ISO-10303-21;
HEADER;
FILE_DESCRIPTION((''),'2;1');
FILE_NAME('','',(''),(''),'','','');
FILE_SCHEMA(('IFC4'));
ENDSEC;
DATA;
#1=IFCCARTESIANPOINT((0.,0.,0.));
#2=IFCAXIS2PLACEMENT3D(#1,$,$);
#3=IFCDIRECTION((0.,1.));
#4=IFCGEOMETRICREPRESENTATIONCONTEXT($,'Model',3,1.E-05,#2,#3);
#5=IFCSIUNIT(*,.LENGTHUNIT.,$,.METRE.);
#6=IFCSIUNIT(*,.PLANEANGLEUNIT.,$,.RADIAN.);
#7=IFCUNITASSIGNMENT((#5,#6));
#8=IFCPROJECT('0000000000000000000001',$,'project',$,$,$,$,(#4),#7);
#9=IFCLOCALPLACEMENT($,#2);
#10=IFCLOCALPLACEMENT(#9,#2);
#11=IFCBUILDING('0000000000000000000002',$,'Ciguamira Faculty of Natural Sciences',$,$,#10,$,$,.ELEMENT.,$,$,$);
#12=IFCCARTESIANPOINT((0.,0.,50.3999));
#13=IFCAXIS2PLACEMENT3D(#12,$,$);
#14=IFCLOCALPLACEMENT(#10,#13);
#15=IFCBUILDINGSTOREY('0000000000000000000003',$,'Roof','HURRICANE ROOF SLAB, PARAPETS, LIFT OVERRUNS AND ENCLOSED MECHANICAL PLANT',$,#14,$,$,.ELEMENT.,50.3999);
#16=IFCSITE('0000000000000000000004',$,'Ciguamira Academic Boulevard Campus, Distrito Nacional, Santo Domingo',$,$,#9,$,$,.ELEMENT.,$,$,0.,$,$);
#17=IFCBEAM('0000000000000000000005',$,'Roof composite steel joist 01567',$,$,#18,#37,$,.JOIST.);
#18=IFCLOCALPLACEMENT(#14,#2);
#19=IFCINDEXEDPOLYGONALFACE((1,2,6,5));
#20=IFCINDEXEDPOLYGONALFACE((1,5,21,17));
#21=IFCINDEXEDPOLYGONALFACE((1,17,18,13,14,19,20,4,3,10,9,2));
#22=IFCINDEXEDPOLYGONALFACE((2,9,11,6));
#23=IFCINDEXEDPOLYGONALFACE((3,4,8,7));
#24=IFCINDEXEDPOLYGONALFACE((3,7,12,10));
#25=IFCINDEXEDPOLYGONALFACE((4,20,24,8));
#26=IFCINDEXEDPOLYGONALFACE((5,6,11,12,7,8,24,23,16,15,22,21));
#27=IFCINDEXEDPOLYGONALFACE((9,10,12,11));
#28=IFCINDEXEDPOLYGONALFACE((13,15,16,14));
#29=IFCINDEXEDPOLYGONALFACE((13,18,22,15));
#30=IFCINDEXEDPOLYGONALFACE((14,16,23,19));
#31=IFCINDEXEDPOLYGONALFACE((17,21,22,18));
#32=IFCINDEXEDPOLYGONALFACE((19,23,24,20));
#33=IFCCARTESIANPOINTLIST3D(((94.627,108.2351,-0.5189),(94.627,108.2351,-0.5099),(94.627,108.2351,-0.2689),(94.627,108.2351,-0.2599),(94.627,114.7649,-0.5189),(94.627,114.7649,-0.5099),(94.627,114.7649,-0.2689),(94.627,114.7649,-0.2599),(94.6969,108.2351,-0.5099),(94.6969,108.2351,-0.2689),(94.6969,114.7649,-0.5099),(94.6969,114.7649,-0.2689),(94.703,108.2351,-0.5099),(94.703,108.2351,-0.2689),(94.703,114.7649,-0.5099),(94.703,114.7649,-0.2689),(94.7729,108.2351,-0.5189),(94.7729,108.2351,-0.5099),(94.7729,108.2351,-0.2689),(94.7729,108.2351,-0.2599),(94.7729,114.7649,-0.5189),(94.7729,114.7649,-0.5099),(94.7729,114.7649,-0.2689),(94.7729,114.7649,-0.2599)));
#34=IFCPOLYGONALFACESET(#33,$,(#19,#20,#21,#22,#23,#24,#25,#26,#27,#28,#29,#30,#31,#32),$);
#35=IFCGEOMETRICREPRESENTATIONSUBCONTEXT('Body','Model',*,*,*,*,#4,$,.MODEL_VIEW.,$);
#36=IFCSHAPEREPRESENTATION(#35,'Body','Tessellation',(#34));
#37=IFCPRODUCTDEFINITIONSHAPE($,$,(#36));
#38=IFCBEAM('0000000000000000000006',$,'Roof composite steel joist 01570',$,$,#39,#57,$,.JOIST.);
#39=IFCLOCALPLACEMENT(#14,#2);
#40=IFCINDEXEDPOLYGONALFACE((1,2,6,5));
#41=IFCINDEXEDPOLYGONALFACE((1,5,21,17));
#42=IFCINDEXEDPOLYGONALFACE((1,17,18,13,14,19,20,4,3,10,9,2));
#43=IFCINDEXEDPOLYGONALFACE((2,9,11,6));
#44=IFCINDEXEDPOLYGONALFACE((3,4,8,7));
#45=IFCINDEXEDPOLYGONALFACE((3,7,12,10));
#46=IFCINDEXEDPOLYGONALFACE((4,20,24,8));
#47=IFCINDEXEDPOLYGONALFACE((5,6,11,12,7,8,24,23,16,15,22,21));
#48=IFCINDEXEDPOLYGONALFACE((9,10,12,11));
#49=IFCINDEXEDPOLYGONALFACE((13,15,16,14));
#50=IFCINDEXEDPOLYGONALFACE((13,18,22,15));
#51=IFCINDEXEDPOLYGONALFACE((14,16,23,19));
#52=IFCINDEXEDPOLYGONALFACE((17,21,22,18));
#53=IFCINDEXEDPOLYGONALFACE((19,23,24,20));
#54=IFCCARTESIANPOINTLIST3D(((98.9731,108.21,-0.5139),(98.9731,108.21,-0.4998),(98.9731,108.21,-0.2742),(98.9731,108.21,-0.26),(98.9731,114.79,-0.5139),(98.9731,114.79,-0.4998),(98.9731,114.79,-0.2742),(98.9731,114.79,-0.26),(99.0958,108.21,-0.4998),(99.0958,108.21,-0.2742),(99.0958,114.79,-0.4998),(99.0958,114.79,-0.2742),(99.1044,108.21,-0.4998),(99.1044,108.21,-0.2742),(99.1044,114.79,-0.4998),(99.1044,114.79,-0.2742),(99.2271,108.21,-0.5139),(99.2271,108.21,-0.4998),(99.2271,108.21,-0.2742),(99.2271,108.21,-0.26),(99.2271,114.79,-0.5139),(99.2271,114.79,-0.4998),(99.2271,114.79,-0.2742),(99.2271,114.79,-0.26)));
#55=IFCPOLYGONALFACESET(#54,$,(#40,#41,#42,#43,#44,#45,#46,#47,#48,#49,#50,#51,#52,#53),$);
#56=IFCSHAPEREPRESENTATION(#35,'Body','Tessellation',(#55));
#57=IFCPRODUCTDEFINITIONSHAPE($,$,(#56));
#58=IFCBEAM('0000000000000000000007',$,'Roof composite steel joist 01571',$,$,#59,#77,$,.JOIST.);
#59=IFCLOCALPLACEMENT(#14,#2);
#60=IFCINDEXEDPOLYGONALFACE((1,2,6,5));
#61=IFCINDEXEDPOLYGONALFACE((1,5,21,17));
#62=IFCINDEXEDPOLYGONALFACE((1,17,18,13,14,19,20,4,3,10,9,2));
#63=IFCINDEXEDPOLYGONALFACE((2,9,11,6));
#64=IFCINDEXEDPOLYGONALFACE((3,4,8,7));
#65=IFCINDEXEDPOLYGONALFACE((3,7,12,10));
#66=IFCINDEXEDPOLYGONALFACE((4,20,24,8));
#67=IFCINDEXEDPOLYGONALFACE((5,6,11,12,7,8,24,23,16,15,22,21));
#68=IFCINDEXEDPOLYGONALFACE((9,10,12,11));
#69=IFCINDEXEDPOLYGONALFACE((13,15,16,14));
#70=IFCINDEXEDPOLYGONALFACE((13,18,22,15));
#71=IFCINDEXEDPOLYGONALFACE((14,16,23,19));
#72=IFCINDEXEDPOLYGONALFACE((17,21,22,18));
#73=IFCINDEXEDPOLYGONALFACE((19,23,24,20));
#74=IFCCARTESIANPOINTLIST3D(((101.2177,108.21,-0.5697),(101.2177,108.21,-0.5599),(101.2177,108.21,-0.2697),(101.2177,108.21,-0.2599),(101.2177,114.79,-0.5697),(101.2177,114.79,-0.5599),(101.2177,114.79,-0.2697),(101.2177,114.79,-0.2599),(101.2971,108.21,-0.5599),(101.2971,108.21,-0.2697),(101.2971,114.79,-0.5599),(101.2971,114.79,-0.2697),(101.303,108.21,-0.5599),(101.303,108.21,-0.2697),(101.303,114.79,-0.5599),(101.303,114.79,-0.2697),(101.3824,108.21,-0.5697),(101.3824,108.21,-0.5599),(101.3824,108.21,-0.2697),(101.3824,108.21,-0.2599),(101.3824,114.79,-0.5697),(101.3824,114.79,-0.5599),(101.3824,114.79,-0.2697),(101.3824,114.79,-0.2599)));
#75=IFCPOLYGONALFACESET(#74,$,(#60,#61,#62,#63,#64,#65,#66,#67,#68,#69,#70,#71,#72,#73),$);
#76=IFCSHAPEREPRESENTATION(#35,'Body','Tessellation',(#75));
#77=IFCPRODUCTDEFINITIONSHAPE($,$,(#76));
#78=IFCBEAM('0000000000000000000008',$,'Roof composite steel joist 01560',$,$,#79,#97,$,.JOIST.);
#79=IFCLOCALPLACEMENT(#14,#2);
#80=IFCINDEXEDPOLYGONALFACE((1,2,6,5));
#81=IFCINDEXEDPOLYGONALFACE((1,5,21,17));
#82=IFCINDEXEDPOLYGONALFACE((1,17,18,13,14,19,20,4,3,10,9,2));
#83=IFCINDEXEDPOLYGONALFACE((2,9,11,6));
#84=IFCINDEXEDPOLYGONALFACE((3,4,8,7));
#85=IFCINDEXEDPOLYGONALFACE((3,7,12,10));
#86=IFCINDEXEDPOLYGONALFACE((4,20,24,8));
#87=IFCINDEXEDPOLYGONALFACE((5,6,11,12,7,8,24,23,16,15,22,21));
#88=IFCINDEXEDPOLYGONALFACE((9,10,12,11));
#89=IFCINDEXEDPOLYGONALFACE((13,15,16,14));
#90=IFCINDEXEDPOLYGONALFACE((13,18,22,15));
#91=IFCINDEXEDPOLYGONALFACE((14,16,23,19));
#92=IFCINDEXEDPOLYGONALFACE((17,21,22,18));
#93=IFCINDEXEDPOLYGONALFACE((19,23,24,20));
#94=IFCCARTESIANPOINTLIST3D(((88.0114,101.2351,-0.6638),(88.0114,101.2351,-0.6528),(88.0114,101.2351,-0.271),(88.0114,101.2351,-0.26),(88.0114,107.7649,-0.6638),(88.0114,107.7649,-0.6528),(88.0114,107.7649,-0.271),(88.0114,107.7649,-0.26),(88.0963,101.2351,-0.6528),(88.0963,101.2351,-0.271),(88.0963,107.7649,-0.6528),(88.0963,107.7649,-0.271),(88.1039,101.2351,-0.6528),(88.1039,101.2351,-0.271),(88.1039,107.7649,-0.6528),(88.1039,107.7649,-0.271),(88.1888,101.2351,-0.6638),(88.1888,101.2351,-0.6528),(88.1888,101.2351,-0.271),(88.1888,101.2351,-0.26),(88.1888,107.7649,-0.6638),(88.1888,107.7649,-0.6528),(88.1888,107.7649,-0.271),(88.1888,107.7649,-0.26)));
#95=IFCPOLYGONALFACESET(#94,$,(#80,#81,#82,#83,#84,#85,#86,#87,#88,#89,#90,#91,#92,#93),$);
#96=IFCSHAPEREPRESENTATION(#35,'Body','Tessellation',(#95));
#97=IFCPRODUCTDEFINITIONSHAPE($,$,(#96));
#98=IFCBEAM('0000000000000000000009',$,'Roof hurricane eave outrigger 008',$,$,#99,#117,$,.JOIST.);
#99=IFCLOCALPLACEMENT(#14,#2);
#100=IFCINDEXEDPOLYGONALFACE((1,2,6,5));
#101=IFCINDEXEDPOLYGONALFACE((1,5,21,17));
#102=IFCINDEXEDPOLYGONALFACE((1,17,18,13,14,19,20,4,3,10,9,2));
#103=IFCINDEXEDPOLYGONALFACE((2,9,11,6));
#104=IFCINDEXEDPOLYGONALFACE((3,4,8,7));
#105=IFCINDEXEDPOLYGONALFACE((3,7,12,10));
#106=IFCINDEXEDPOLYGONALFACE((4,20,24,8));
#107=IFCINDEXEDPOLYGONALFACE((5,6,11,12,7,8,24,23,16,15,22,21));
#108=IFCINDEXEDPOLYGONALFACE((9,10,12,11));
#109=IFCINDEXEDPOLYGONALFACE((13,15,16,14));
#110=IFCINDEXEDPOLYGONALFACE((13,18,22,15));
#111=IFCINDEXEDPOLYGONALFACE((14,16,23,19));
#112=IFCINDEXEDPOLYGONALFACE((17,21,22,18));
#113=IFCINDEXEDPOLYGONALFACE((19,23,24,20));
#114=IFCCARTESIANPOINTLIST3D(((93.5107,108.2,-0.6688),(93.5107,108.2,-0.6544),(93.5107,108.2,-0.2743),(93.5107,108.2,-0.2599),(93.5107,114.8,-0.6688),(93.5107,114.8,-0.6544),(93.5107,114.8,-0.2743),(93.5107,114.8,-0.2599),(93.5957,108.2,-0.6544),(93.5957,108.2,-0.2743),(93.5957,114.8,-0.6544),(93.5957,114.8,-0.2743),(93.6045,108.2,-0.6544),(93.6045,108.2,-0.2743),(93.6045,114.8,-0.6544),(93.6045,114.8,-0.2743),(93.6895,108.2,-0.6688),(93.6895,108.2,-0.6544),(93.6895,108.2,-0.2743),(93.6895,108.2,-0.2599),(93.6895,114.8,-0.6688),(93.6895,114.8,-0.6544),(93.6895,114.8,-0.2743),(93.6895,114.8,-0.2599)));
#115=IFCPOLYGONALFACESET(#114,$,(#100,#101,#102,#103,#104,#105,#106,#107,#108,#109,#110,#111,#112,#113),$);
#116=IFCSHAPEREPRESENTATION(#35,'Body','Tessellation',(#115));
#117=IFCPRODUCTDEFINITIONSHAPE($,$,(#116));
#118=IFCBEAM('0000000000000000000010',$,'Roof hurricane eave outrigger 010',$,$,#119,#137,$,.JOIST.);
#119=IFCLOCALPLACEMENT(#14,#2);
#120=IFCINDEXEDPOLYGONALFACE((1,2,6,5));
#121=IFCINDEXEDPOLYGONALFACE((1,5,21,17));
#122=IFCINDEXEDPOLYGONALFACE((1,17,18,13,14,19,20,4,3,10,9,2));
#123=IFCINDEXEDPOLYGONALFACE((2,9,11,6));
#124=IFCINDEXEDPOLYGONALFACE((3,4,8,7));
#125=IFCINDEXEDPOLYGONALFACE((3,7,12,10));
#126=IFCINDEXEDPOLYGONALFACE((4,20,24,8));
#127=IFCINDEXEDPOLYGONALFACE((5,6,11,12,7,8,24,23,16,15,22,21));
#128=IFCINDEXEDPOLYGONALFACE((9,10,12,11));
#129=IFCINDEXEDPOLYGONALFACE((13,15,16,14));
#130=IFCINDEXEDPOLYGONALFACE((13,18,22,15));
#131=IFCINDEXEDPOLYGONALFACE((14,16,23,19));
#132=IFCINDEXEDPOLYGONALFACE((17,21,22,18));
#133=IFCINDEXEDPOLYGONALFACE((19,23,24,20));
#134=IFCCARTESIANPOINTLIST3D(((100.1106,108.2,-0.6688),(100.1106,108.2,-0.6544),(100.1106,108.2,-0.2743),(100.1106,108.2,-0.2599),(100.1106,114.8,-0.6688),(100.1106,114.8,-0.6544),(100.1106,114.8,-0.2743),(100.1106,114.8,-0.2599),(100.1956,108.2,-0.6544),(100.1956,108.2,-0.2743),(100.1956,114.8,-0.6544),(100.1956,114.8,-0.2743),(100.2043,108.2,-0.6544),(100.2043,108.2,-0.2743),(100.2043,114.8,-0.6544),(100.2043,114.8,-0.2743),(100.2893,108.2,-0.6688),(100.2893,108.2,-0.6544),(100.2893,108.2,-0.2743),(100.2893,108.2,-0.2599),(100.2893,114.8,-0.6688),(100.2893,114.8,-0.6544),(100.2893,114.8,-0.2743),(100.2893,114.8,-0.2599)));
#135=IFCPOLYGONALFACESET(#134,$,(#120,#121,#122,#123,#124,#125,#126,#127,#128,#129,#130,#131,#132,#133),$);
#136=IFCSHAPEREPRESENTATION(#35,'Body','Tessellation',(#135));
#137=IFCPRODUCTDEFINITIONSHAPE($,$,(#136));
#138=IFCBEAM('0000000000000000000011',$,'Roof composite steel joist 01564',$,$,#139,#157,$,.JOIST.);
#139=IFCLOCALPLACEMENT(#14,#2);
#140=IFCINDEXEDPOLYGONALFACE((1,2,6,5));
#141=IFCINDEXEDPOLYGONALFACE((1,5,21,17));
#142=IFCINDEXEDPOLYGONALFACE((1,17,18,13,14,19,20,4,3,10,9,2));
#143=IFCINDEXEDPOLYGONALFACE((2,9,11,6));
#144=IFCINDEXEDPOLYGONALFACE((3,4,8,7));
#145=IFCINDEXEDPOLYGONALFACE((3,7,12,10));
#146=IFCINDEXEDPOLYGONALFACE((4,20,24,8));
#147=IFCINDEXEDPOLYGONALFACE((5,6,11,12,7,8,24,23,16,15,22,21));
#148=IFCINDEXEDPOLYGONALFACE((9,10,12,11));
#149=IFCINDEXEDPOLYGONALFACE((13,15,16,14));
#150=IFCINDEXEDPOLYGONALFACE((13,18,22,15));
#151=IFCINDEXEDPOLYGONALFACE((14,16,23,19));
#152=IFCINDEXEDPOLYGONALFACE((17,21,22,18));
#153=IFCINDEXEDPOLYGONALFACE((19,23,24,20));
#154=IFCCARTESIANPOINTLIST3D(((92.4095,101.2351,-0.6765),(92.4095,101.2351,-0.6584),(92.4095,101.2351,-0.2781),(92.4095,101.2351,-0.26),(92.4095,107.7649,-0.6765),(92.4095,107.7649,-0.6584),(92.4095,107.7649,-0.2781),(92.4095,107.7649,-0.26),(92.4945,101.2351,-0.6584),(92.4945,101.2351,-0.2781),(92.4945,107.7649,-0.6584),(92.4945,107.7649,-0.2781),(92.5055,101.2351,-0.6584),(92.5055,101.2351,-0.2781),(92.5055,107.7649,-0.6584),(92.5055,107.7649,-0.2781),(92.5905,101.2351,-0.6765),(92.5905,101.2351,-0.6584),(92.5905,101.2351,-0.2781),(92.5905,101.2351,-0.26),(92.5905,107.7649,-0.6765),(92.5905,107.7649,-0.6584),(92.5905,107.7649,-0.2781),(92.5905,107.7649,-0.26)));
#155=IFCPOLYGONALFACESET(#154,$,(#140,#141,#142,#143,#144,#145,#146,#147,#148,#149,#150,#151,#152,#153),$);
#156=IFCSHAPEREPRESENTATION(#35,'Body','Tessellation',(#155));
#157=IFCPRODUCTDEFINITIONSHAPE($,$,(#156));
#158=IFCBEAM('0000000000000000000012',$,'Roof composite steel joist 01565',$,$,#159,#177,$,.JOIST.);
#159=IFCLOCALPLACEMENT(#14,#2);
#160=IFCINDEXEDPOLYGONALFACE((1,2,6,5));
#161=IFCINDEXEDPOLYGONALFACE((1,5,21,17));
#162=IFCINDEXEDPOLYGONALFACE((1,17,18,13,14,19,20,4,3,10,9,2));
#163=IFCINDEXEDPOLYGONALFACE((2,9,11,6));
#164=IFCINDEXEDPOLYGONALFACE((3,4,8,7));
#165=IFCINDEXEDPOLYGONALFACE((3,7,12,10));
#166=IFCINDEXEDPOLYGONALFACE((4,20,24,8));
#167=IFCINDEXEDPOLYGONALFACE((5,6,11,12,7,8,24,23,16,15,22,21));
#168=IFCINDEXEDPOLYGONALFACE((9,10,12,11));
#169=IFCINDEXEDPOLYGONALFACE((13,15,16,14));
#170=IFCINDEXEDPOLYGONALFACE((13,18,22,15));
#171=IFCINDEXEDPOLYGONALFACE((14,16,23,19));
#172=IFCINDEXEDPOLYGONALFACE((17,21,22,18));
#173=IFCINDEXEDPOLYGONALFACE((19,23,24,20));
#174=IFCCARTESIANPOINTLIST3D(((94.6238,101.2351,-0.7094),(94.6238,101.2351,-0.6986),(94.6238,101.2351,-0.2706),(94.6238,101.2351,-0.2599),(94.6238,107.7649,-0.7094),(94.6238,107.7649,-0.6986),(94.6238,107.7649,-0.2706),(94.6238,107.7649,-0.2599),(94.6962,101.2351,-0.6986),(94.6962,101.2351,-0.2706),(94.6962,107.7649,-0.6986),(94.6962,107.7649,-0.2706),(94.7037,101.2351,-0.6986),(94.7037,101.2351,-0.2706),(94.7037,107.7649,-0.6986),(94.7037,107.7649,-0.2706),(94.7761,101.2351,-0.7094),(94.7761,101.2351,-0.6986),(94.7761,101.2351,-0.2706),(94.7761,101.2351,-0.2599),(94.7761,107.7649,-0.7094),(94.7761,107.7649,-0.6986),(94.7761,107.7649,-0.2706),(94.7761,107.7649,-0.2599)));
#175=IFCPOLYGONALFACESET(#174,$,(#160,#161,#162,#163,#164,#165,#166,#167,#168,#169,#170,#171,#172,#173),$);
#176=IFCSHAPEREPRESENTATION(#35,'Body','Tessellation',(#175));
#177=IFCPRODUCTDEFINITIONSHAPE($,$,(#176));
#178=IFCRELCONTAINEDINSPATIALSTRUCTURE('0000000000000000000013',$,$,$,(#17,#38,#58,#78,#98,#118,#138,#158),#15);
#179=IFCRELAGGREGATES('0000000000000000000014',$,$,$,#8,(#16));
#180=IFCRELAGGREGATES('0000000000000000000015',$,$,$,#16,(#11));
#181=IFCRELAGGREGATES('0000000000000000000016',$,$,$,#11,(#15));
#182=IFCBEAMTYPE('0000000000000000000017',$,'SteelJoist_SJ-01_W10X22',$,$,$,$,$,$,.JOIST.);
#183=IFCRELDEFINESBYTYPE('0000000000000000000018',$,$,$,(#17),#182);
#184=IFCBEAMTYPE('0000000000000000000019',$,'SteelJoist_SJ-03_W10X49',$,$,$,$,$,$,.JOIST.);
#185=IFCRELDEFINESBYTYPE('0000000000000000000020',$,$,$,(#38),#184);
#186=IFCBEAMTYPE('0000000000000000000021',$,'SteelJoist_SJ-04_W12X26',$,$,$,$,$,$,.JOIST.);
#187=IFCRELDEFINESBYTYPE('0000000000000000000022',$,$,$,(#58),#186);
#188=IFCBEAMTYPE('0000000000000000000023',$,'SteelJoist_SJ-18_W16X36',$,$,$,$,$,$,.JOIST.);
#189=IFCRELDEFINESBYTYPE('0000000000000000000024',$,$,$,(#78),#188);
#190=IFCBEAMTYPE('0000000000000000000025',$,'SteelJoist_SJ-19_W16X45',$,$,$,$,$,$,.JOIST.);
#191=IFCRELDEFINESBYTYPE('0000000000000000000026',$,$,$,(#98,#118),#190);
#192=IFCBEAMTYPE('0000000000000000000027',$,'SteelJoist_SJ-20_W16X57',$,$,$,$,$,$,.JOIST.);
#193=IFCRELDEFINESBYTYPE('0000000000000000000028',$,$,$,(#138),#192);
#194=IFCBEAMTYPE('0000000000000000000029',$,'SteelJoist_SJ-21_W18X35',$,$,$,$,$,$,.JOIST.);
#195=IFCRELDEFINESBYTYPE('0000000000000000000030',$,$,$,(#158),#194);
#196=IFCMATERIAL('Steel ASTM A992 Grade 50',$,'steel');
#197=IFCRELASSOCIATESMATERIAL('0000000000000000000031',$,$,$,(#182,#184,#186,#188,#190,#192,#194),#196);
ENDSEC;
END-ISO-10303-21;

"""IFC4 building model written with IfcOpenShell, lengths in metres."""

from ifc_helpers import new_model, si_unit, direction, frame, origin, origin_2d, place, context, subcontext, project, spatial, i_section, extrude, material, material_profile, profile_set, type_object, element, save


model = new_model("IFC4")

# Units and contexts
model_context = context("Model", 3, precision=1e-05, world=origin(), true_north=direction((0.0, 1.0)))
body_context = subcontext(model_context, "Body", "Model", "MODEL_VIEW")
ifc_project = project(units=[si_unit("LENGTHUNIT", "METRE"), si_unit("PLANEANGLEUNIT", "RADIAN")], contexts=[model_context])

# Site, building, storey
site_placement = place(None, origin())
site = spatial("IfcSite", under=ifc_project, at=site_placement, Name="Ciguamira Academic Boulevard Campus, Distrito Nacional, Santo Domingo", CompositionType="ELEMENT", RefElevation=0.0)
building_placement = place(site_placement, origin())
building = spatial("IfcBuilding", under=site, at=building_placement, Name="Ciguamira Faculty of Natural Sciences", CompositionType="ELEMENT")
storey_placement = place(building_placement, frame((0.0, 0.0, 50.3999)))
storey = spatial("IfcBuildingStorey", under=building, at=storey_placement, Name="Roof", Description="HURRICANE ROOF SLAB, PARAPETS, LIFT OVERRUNS AND ENCLOSED MECHANICAL PLANT", CompositionType="ELEMENT", Elevation=50.3999)

# Beams
ifc_material_1 = material(Name="Steel ASTM A992 Grade 50", Category="steel")
ifc_material_profile_1 = material_profile(ifc_material_1, i_section(OverallWidth=0.146, OverallDepth=0.259, WebThickness=0.0061, FlangeThickness=0.009, at=origin_2d()), Name="W10X22")
ifc_profile_set_1 = profile_set([ifc_material_profile_1], Name="Steel ASTM A992 Grade 50")
beam_type_1 = type_object("IfcBeamType", Name="SteelJoist_SJ-01_W10X22", PredefinedType="JOIST", material=ifc_profile_set_1)
beam_1_placement = place(storey_placement, frame((94.7, 108.2351, -0.3894), z_axis=(0.0, 1.0, 0.0), x_axis=(-1.0, 0.0, 0.0)))
element("IfcBeam", 1, at=beam_1_placement, inside=storey, type_object=beam_type_1, Name="Roof composite steel joist 01567", PredefinedType="JOIST", context=body_context, shape_type="SweptSolid", body=[
    extrude(i_section(OverallWidth=0.146, OverallDepth=0.259, WebThickness=0.0061, FlangeThickness=0.009, at=origin_2d()), origin(), (0.0, 0.0, 1.0), 6.5298),
])
ifc_material_profile_2 = material_profile(ifc_material_1, i_section(OverallWidth=0.2539, OverallDepth=0.2539, WebThickness=0.0085, FlangeThickness=0.0142, at=origin_2d()), Name="W10X49")
ifc_profile_set_2 = profile_set([ifc_material_profile_2], Name="Steel ASTM A992 Grade 50")
beam_type_2 = type_object("IfcBeamType", Name="SteelJoist_SJ-03_W10X49", PredefinedType="JOIST", material=ifc_profile_set_2)
beam_2_placement = place(storey_placement, frame((99.1001, 108.21, -0.387), z_axis=(0.0, 1.0, 0.0), x_axis=(-1.0, 0.0, 0.0)))
element("IfcBeam", 2, at=beam_2_placement, inside=storey, type_object=beam_type_2, Name="Roof composite steel joist 01570", PredefinedType="JOIST", context=body_context, shape_type="SweptSolid", body=[
    extrude(i_section(OverallWidth=0.2539, OverallDepth=0.2539, WebThickness=0.0085, FlangeThickness=0.0142, at=origin_2d()), origin(), (0.0, 0.0, 1.0), 6.5801),
])
ifc_material_profile_3 = material_profile(ifc_material_1, i_section(OverallWidth=0.1648, OverallDepth=0.3098, WebThickness=0.0059, FlangeThickness=0.0098, at=origin_2d()), Name="W12X26")
ifc_profile_set_3 = profile_set([ifc_material_profile_3], Name="Steel ASTM A992 Grade 50")
beam_type_3 = type_object("IfcBeamType", Name="SteelJoist_SJ-04_W12X26", PredefinedType="JOIST", material=ifc_profile_set_3)
beam_3_placement = place(storey_placement, frame((101.3, 108.21, -0.4148), z_axis=(0.0, 1.0, 0.0), x_axis=(-1.0, 0.0, 0.0)))
element("IfcBeam", 3, at=beam_3_placement, inside=storey, type_object=beam_type_3, Name="Roof composite steel joist 01571", PredefinedType="JOIST", context=body_context, shape_type="SweptSolid", body=[
    extrude(i_section(OverallWidth=0.1648, OverallDepth=0.3098, WebThickness=0.0059, FlangeThickness=0.0098, at=origin_2d()), origin(), (0.0, 0.0, 1.0), 6.5801),
])
ifc_material_profile_4 = material_profile(ifc_material_1, i_section(OverallWidth=0.1775, OverallDepth=0.4038, WebThickness=0.0076, FlangeThickness=0.011, at=origin_2d()), Name="W16X36")
ifc_profile_set_4 = profile_set([ifc_material_profile_4], Name="Steel ASTM A992 Grade 50")
beam_type_4 = type_object("IfcBeamType", Name="SteelJoist_SJ-18_W16X36", PredefinedType="JOIST", material=ifc_profile_set_4)
beam_4_placement = place(storey_placement, frame((88.1001, 101.2351, -0.4619), z_axis=(0.0, 1.0, 0.0), x_axis=(-1.0, 0.0, 0.0)))
element("IfcBeam", 4, at=beam_4_placement, inside=storey, type_object=beam_type_4, Name="Roof composite steel joist 01560", PredefinedType="JOIST", context=body_context, shape_type="SweptSolid", body=[
    extrude(i_section(OverallWidth=0.1775, OverallDepth=0.4038, WebThickness=0.0076, FlangeThickness=0.011, at=origin_2d()), origin(), (0.0, 0.0, 1.0), 6.5298),
])
ifc_material_profile_5 = material_profile(ifc_material_1, i_section(OverallWidth=0.1787, OverallDepth=0.4089, WebThickness=0.0088, FlangeThickness=0.0144, at=origin_2d()), Name="W16X45")
ifc_profile_set_5 = profile_set([ifc_material_profile_5], Name="Steel ASTM A992 Grade 50")
beam_type_5 = type_object("IfcBeamType", Name="SteelJoist_SJ-19_W16X45", PredefinedType="JOIST", material=ifc_profile_set_5)
for number, where, z_axis, x_axis, name in (
    (5, (93.6001, 108.2, -0.4644), (0.0, 1.0, 0.0), (-1.0, 0.0, 0.0), "Roof hurricane eave outrigger 008"),
    (6, (100.2, 108.2, -0.4644), (0.0, 1.0, 0.0), (-1.0, 0.0, 0.0), "Roof hurricane eave outrigger 010"),
):
    element("IfcBeam", number, at=place(storey_placement, frame(where, z_axis=z_axis, x_axis=x_axis)), inside=storey, type_object=beam_type_5, Name=name, PredefinedType="JOIST", context=body_context, shape_type="SweptSolid", body=[
        extrude(i_section(OverallWidth=0.1787, OverallDepth=0.4089, WebThickness=0.0088, FlangeThickness=0.0144, at=origin_2d()), origin(), (0.0, 0.0, 1.0), 6.6001),
    ])
ifc_material_profile_6 = material_profile(ifc_material_1, i_section(OverallWidth=0.1809, OverallDepth=0.4165, WebThickness=0.011, FlangeThickness=0.0181, at=origin_2d()), Name="W16X57")
ifc_profile_set_6 = profile_set([ifc_material_profile_6], Name="Steel ASTM A992 Grade 50")
beam_type_6 = type_object("IfcBeamType", Name="SteelJoist_SJ-20_W16X57", PredefinedType="JOIST", material=ifc_profile_set_6)
beam_5_placement = place(storey_placement, frame((92.5, 101.2351, -0.4683), z_axis=(0.0, 1.0, 0.0), x_axis=(-1.0, 0.0, 0.0)))
element("IfcBeam", 7, at=beam_5_placement, inside=storey, type_object=beam_type_6, Name="Roof composite steel joist 01564", PredefinedType="JOIST", context=body_context, shape_type="SweptSolid", body=[
    extrude(i_section(OverallWidth=0.1809, OverallDepth=0.4165, WebThickness=0.011, FlangeThickness=0.0181, at=origin_2d()), origin(), (0.0, 0.0, 1.0), 6.5298),
])
ifc_material_profile_7 = material_profile(ifc_material_1, i_section(OverallWidth=0.1523, OverallDepth=0.4495, WebThickness=0.0076, FlangeThickness=0.0107, at=origin_2d()), Name="W18X35")
ifc_profile_set_7 = profile_set([ifc_material_profile_7], Name="Steel ASTM A992 Grade 50")
beam_type_7 = type_object("IfcBeamType", Name="SteelJoist_SJ-21_W18X35", PredefinedType="JOIST", material=ifc_profile_set_7)
beam_6_placement = place(storey_placement, frame((94.7, 101.2351, -0.4846), z_axis=(0.0, 1.0, 0.0), x_axis=(-1.0, 0.0, 0.0)))
element("IfcBeam", 8, at=beam_6_placement, inside=storey, type_object=beam_type_7, Name="Roof composite steel joist 01565", PredefinedType="JOIST", context=body_context, shape_type="SweptSolid", body=[
    extrude(i_section(OverallWidth=0.1523, OverallDepth=0.4495, WebThickness=0.0076, FlangeThickness=0.0107, at=origin_2d()), origin(), (0.0, 0.0, 1.0), 6.5298),
])

save(model, "model.ifc")
